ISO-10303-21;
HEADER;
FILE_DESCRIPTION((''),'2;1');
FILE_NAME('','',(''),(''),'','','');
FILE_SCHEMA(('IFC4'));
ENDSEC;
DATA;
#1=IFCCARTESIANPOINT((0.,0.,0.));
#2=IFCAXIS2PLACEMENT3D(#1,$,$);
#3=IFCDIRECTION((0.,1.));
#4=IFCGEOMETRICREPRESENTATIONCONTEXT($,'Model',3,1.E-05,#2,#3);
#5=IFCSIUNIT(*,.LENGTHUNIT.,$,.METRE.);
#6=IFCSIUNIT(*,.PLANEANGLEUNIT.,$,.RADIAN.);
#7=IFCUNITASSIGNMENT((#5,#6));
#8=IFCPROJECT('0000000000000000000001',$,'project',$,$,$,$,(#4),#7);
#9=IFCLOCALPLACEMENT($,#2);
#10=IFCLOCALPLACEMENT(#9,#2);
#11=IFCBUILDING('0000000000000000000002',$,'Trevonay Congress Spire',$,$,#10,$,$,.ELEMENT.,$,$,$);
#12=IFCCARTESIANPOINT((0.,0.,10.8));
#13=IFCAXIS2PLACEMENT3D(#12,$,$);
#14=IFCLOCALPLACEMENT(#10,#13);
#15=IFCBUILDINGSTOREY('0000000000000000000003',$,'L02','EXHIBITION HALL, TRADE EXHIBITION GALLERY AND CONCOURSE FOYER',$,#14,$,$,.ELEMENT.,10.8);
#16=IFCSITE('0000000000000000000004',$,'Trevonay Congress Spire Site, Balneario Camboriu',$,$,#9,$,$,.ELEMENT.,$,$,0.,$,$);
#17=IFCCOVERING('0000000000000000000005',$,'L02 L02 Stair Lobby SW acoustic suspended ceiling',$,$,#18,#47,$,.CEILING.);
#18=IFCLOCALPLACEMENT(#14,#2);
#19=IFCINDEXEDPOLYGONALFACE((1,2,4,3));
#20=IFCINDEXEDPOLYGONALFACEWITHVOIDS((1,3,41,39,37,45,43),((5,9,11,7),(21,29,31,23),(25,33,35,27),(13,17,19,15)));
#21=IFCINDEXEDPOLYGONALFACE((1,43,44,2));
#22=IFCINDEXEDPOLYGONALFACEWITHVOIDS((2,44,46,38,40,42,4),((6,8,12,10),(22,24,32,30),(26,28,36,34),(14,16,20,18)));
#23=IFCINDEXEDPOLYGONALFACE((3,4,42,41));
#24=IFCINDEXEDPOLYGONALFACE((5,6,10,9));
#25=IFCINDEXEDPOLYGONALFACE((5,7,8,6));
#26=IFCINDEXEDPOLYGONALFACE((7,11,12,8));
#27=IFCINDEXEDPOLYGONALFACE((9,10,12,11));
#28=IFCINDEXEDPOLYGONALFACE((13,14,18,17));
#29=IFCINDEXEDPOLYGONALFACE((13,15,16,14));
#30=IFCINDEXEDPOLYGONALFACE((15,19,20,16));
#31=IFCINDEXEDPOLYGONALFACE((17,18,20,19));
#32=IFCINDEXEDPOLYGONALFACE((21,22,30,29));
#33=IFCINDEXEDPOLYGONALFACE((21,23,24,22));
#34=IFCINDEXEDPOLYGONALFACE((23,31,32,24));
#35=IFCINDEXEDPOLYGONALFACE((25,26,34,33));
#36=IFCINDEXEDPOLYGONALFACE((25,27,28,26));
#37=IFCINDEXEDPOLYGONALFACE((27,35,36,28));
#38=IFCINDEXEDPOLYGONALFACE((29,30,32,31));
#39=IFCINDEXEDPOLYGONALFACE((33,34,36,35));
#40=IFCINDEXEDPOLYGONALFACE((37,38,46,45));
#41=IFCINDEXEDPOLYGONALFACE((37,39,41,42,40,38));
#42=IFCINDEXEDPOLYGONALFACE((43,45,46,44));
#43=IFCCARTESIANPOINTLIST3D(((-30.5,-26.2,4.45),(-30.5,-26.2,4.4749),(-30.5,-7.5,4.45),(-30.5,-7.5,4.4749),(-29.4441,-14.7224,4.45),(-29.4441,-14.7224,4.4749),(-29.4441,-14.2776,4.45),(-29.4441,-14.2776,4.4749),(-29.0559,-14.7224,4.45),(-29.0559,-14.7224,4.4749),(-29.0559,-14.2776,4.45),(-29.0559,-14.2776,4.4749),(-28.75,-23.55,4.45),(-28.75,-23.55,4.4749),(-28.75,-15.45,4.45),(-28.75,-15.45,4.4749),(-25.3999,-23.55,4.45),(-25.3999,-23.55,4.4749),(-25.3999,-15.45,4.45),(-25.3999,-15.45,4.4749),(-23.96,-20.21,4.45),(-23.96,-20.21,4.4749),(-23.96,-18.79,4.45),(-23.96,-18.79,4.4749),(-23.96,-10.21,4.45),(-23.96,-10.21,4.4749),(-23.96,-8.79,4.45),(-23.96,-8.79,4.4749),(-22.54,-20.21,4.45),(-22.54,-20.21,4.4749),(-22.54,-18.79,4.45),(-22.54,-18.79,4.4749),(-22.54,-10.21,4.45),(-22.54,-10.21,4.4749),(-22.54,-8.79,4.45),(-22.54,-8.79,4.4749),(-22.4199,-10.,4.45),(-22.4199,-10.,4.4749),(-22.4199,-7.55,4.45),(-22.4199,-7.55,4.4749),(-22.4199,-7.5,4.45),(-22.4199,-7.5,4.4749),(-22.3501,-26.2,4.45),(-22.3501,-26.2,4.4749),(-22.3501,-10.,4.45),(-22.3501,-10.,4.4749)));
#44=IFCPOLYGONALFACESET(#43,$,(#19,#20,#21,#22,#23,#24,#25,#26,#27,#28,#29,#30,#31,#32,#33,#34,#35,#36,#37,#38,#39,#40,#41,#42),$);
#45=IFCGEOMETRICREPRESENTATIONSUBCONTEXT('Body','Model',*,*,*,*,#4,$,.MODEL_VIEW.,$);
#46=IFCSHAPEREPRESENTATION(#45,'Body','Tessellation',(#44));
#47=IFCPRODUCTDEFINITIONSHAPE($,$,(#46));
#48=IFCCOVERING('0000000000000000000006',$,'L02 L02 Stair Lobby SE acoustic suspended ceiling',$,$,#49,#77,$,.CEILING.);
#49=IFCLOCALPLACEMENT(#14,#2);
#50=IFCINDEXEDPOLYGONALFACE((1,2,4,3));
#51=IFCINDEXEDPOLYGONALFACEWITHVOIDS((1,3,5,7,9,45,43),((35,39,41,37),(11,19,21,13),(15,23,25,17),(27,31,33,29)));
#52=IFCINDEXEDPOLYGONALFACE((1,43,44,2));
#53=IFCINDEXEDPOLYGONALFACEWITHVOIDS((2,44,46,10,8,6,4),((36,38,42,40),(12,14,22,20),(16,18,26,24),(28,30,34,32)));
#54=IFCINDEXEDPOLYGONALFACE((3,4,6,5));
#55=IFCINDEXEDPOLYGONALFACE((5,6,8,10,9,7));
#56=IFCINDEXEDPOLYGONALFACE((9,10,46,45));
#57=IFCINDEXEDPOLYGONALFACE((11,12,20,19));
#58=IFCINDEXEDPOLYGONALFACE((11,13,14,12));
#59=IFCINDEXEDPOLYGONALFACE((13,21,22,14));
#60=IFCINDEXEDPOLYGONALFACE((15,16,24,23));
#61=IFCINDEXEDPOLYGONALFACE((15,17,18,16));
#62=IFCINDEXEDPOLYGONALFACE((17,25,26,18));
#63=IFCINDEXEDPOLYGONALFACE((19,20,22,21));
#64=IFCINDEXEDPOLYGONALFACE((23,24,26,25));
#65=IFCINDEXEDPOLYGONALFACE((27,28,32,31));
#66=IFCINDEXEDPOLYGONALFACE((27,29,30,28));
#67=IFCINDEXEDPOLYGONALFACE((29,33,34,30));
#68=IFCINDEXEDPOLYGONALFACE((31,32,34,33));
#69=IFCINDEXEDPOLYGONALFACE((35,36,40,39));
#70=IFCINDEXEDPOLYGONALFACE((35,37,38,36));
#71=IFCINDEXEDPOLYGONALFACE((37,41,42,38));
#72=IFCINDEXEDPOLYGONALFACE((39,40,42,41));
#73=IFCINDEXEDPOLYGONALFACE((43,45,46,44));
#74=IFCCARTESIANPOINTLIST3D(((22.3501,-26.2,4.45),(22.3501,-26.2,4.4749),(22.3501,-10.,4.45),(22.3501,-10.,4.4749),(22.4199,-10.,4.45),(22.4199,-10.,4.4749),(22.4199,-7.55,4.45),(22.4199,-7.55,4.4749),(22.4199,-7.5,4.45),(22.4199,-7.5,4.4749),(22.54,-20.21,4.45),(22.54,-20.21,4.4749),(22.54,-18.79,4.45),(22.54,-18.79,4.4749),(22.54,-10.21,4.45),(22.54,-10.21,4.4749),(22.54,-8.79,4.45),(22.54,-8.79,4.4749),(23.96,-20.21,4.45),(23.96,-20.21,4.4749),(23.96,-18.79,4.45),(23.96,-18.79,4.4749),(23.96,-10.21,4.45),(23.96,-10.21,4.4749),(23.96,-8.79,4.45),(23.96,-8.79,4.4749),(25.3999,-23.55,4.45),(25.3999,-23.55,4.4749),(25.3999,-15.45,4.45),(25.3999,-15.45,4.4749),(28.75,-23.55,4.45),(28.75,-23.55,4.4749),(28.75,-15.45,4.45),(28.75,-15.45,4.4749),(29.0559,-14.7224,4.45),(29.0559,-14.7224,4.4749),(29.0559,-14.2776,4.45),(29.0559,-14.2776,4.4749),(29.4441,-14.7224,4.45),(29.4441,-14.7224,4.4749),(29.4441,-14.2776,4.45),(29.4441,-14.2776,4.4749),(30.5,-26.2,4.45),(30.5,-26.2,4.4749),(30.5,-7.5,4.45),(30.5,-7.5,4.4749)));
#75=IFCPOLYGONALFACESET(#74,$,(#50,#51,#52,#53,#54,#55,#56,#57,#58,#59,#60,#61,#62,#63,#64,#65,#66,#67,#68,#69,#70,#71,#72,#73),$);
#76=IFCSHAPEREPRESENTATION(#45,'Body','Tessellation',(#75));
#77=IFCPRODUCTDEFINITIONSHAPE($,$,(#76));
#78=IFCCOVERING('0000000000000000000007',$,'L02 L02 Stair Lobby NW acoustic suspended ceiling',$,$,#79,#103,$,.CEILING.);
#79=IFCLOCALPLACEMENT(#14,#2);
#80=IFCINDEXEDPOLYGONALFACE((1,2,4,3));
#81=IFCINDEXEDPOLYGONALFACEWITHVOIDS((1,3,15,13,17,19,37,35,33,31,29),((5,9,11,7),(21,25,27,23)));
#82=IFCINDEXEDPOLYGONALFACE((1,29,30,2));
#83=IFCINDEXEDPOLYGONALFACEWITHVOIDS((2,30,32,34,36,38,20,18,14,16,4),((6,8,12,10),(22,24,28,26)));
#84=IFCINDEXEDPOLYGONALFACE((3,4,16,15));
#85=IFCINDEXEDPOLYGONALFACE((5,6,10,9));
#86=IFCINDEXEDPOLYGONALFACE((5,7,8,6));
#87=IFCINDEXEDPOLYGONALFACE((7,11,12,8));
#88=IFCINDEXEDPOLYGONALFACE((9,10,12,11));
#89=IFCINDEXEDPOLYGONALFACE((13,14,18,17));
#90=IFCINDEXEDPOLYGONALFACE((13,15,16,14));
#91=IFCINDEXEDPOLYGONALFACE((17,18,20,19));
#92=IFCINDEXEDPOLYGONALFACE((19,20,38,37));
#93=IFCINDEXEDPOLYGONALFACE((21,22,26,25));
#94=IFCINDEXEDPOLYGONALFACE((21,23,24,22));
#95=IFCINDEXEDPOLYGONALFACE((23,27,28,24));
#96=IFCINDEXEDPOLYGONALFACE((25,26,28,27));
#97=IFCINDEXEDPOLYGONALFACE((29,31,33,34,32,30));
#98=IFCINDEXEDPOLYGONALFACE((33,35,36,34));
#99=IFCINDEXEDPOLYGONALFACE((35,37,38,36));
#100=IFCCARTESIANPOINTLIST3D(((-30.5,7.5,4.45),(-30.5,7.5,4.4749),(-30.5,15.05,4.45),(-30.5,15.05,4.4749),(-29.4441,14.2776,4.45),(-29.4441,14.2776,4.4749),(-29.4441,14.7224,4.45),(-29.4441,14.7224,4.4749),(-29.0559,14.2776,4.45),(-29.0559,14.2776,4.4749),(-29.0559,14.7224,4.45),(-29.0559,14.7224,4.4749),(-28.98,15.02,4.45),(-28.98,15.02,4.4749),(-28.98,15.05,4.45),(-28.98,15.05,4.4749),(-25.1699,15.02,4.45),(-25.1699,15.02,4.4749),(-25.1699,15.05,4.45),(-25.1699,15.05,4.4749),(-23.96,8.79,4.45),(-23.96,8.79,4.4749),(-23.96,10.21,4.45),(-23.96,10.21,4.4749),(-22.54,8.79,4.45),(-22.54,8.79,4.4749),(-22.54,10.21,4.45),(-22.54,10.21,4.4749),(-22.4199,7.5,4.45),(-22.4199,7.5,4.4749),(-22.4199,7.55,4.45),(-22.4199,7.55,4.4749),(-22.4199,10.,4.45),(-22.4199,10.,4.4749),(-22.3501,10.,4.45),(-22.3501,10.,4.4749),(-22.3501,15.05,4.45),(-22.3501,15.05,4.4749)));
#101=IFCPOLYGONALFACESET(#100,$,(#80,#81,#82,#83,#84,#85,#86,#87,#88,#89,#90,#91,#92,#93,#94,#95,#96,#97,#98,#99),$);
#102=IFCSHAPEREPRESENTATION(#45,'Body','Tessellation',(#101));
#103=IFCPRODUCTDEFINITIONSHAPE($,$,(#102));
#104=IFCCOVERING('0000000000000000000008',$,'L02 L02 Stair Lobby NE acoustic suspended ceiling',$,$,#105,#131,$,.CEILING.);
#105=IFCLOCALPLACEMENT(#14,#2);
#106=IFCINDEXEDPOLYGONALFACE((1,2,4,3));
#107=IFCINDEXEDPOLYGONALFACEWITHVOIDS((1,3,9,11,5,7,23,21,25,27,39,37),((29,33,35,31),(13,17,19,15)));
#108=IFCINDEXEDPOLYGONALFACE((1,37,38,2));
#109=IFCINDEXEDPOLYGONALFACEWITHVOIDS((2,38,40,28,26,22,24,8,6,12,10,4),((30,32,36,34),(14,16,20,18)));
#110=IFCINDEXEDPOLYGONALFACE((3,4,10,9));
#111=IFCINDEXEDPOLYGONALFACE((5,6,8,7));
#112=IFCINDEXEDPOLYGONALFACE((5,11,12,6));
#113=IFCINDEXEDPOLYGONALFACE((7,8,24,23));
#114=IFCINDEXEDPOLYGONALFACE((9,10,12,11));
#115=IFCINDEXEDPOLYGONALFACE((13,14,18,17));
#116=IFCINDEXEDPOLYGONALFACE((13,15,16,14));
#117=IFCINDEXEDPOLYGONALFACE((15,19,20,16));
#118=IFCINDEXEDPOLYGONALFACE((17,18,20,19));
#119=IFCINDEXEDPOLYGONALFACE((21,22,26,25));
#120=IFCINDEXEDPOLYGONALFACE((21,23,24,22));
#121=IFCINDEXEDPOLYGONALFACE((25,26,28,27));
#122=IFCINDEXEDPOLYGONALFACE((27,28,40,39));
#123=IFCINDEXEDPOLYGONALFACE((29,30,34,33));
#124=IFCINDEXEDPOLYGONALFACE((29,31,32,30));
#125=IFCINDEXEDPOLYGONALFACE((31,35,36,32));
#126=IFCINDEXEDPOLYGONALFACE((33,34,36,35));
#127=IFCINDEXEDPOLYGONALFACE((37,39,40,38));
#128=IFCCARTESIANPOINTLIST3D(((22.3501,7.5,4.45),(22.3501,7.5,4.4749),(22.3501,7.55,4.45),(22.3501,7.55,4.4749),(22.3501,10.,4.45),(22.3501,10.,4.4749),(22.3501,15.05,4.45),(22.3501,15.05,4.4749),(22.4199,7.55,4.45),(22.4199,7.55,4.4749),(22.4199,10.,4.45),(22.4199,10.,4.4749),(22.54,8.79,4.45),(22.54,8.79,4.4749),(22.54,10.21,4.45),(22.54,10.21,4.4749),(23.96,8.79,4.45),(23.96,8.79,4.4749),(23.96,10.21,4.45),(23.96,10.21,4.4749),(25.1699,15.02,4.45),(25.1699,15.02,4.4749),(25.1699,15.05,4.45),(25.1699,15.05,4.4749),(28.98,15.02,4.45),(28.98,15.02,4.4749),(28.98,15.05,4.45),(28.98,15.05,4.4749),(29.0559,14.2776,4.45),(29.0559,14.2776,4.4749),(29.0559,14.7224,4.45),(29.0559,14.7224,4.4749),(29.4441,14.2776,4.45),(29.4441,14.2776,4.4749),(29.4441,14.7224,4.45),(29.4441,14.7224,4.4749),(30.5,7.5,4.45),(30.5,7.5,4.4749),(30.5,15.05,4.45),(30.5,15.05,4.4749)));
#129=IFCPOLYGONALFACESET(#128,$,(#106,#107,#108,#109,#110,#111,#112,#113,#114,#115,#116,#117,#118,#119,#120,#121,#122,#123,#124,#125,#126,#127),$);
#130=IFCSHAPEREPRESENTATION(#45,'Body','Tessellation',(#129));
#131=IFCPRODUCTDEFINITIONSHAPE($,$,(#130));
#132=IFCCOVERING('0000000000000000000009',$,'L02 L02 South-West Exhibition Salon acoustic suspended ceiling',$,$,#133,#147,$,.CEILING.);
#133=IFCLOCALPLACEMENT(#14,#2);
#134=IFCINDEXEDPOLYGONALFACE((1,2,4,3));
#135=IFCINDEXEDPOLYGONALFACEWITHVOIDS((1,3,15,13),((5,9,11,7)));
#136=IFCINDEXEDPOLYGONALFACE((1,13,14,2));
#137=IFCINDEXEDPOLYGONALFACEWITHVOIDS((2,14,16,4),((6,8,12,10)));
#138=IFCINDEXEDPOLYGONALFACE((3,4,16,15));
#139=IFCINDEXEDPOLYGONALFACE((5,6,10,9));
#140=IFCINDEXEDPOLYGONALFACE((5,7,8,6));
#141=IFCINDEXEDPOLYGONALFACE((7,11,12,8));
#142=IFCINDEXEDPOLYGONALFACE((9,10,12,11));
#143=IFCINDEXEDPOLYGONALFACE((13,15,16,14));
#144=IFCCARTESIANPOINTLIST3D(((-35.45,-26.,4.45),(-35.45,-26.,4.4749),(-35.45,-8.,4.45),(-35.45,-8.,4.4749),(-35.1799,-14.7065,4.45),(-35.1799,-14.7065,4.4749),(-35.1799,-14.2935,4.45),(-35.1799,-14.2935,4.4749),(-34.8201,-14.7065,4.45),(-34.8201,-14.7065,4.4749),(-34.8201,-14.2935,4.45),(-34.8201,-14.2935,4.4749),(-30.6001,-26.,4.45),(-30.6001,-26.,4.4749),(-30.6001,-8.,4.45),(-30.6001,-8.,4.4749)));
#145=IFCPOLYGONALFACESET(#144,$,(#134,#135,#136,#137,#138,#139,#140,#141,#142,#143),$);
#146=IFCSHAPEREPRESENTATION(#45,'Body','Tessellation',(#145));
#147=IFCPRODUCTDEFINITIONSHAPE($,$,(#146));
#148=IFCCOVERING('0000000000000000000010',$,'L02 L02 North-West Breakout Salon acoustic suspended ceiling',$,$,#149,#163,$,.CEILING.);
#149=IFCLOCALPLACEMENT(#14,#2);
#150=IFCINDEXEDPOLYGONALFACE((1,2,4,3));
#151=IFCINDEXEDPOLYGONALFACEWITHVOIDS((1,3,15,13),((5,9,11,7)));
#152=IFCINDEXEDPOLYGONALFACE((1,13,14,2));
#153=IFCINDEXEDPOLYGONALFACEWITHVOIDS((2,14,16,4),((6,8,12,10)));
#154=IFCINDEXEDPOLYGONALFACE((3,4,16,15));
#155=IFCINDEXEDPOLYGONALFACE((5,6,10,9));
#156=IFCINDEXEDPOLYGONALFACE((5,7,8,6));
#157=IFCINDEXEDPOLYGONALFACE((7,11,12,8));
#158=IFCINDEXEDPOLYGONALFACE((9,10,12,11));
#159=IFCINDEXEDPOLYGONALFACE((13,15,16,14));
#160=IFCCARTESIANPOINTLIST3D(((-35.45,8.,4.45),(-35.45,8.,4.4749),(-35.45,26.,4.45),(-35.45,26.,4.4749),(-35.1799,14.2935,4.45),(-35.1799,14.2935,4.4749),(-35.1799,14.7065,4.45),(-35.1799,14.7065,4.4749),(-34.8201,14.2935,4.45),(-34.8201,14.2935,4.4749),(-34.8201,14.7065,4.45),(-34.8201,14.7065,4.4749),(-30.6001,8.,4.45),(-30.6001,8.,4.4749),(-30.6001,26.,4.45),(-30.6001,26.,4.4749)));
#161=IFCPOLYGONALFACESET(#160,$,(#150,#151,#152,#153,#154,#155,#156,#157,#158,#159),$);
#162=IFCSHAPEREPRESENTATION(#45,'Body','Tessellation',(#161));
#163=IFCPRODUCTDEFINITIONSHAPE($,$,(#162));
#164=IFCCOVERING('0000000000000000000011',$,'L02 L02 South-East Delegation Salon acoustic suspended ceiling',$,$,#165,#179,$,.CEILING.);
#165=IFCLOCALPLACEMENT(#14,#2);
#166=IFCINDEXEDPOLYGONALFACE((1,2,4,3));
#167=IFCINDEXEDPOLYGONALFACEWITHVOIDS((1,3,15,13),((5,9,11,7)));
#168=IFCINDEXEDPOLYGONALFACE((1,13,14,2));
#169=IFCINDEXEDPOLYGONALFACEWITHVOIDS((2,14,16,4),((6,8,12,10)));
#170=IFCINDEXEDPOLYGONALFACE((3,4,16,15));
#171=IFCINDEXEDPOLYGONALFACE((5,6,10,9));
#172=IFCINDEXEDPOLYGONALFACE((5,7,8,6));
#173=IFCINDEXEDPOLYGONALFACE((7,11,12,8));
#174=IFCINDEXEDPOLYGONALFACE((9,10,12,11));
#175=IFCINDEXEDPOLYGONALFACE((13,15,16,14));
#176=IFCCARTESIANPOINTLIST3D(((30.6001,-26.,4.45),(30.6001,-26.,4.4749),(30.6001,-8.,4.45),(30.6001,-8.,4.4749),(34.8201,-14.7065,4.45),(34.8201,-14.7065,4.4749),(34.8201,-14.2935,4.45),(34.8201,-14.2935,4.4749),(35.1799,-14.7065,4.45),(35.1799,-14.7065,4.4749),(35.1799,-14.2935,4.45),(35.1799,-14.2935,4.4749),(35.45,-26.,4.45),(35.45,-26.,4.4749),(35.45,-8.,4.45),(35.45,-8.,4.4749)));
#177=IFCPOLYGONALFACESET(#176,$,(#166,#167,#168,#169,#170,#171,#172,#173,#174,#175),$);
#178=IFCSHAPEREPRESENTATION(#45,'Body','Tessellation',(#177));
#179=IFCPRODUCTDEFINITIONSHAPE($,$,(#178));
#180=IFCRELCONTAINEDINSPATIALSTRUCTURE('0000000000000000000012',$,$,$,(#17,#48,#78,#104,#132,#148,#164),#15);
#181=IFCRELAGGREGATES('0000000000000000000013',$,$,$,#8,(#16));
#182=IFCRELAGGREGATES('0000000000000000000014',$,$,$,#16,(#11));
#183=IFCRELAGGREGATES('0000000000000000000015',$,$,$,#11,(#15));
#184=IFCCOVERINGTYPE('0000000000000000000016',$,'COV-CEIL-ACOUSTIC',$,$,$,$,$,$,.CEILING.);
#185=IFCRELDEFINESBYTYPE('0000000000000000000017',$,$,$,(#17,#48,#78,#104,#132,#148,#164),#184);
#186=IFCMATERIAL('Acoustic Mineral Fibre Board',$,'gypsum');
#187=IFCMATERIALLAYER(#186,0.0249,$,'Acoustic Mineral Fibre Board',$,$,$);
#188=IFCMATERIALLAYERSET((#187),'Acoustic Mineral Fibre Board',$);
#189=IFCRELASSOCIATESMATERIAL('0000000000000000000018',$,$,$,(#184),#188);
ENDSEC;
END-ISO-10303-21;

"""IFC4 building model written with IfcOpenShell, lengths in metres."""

from ifc_helpers import new_model, si_unit, direction, frame, origin, place, context, subcontext, project, spatial, polyline, outline, extrude, material, layer, layer_set, type_object, element, save


model = new_model("IFC4")

# Units and contexts
model_context = context("Model", 3, precision=1e-05, world=origin(), true_north=direction((0.0, 1.0)))
body_context = subcontext(model_context, "Body", "Model", "MODEL_VIEW")
ifc_project = project(units=[si_unit("LENGTHUNIT", "METRE"), si_unit("PLANEANGLEUNIT", "RADIAN")], contexts=[model_context])

# Site, building, storey
site_placement = place(None, origin())
site = spatial("IfcSite", under=ifc_project, at=site_placement, Name="Trevonay Congress Spire Site, Balneario Camboriu", CompositionType="ELEMENT", RefElevation=0.0)
building_placement = place(site_placement, origin())
building = spatial("IfcBuilding", under=site, at=building_placement, Name="Trevonay Congress Spire", CompositionType="ELEMENT")
storey_placement = place(building_placement, frame((0.0, 0.0, 10.8)))
storey = spatial("IfcBuildingStorey", under=building, at=storey_placement, Name="L02", Description="EXHIBITION HALL, TRADE EXHIBITION GALLERY AND CONCOURSE FOYER", CompositionType="ELEMENT", Elevation=10.8)

# Coverings
ifc_material_1 = material(Name="Acoustic Mineral Fibre Board", Category="gypsum")
ifc_layer_1 = layer(ifc_material_1, 0.0249, Name="Acoustic Mineral Fibre Board")
ifc_layer_set_1 = layer_set([ifc_layer_1], Name="Acoustic Mineral Fibre Board")
covering_type_1 = type_object("IfcCoveringType", Name="COV-CEIL-ACOUSTIC", PredefinedType="CEILING", material=ifc_layer_set_1)
covering_1_placement = place(storey_placement, frame((0.0, 0.0, 4.45)))
element("IfcCovering", 1, at=covering_1_placement, inside=storey, type_object=covering_type_1, Name="L02 L02 Stair Lobby SW acoustic suspended ceiling", PredefinedType="CEILING", context=body_context, shape_type="SweptSolid", body=[
    extrude(outline(polyline([(-30.5, -26.2), (-30.5, -7.5), (-22.4199, -7.5), (-22.4199, -7.55), (-22.4199, -10.0), (-22.3501, -10.0), (-22.3501, -26.2), (-30.5, -26.2)]), holes=[polyline([(-22.54, -20.21), (-22.54, -18.79), (-23.96, -18.79), (-23.96, -20.21), (-22.54, -20.21)]), polyline([(-29.4441, -14.7224), (-29.0559, -14.7224), (-29.0559, -14.2776), (-29.4441, -14.2776), (-29.4441, -14.7224)]), polyline([(-23.96, -10.21), (-22.54, -10.21), (-22.54, -8.79), (-23.96, -8.79), (-23.96, -10.21)]), polyline([(-28.75, -15.45), (-28.75, -23.55), (-25.3999, -23.55), (-25.3999, -15.45), (-28.75, -15.45)])]), origin(), (0.0, 0.0, 1.0), 0.0249),
])
covering_2_placement = place(storey_placement, frame((0.0, 0.0, 4.45)))
element("IfcCovering", 2, at=covering_2_placement, inside=storey, type_object=covering_type_1, Name="L02 L02 Stair Lobby SE acoustic suspended ceiling", PredefinedType="CEILING", context=body_context, shape_type="SweptSolid", body=[
    extrude(outline(polyline([(22.3501, -26.2), (22.3501, -10.0), (22.4199, -10.0), (22.4199, -7.55), (22.4199, -7.5), (30.5, -7.5), (30.5, -26.2), (22.3501, -26.2)]), holes=[polyline([(23.96, -20.21), (23.96, -18.79), (22.54, -18.79), (22.54, -20.21), (23.96, -20.21)]), polyline([(29.0559, -14.7224), (29.4441, -14.7224), (29.4441, -14.2776), (29.0559, -14.2776), (29.0559, -14.7224)]), polyline([(22.54, -10.21), (23.96, -10.21), (23.96, -8.79), (22.54, -8.79), (22.54, -10.21)]), polyline([(28.75, -15.45), (25.3999, -15.45), (25.3999, -23.55), (28.75, -23.55), (28.75, -15.45)])]), origin(), (0.0, 0.0, 1.0), 0.0249),
])
covering_3_placement = place(storey_placement, frame((0.0, 0.0, 4.45)))
element("IfcCovering", 3, at=covering_3_placement, inside=storey, type_object=covering_type_1, Name="L02 L02 Stair Lobby NW acoustic suspended ceiling", PredefinedType="CEILING", context=body_context, shape_type="SweptSolid", body=[
    extrude(outline(polyline([(-25.1699, 15.02), (-25.1699, 15.05), (-22.3501, 15.05), (-22.3501, 10.0), (-22.4199, 10.0), (-22.4199, 7.55), (-22.4199, 7.5), (-30.5, 7.5), (-30.5, 15.05), (-28.98, 15.05), (-28.98, 15.02), (-25.1699, 15.02)]), holes=[polyline([(-22.54, 8.79), (-22.54, 10.21), (-23.96, 10.21), (-23.96, 8.79), (-22.54, 8.79)]), polyline([(-29.0559, 14.2776), (-29.0559, 14.7224), (-29.4441, 14.7224), (-29.4441, 14.2776), (-29.0559, 14.2776)])]), origin(), (0.0, 0.0, 1.0), 0.0249),
])
covering_4_placement = place(storey_placement, frame((0.0, 0.0, 4.45)))
element("IfcCovering", 4, at=covering_4_placement, inside=storey, type_object=covering_type_1, Name="L02 L02 Stair Lobby NE acoustic suspended ceiling", PredefinedType="CEILING", context=body_context, shape_type="SweptSolid", body=[
    extrude(outline(polyline([(28.98, 15.02), (28.98, 15.05), (30.5, 15.05), (30.5, 7.5), (22.3501, 7.5), (22.3501, 7.55), (22.4199, 7.55), (22.4199, 10.0), (22.3501, 10.0), (22.3501, 15.05), (25.1699, 15.05), (25.1699, 15.02), (28.98, 15.02)]), holes=[polyline([(23.96, 8.79), (23.96, 10.21), (22.54, 10.21), (22.54, 8.79), (23.96, 8.79)]), polyline([(29.4441, 14.2776), (29.4441, 14.7224), (29.0559, 14.7224), (29.0559, 14.2776), (29.4441, 14.2776)])]), origin(), (0.0, 0.0, 1.0), 0.0249),
])
covering_5_placement = place(storey_placement, frame((0.0, 0.0, 4.45)))
element("IfcCovering", 5, at=covering_5_placement, inside=storey, type_object=covering_type_1, Name="L02 L02 South-West Exhibition Salon acoustic suspended ceiling", PredefinedType="CEILING", context=body_context, shape_type="SweptSolid", body=[
    extrude(outline(polyline([(-35.45, -8.0), (-30.6001, -8.0), (-30.6001, -26.0), (-35.45, -26.0), (-35.45, -8.0)]), holes=[polyline([(-34.8201, -14.7065), (-34.8201, -14.2935), (-35.1799, -14.2935), (-35.1799, -14.7065), (-34.8201, -14.7065)])]), origin(), (0.0, 0.0, 1.0), 0.0249),
])
covering_6_placement = place(storey_placement, frame((0.0, 0.0, 4.45)))
element("IfcCovering", 6, at=covering_6_placement, inside=storey, type_object=covering_type_1, Name="L02 L02 North-West Breakout Salon acoustic suspended ceiling", PredefinedType="CEILING", context=body_context, shape_type="SweptSolid", body=[
    extrude(outline(polyline([(-35.45, 26.0), (-30.6001, 26.0), (-30.6001, 8.0), (-35.45, 8.0), (-35.45, 26.0)]), holes=[polyline([(-34.8201, 14.2935), (-34.8201, 14.7065), (-35.1799, 14.7065), (-35.1799, 14.2935), (-34.8201, 14.2935)])]), origin(), (0.0, 0.0, 1.0), 0.0249),
])
covering_7_placement = place(storey_placement, frame((0.0, 0.0, 4.45)))
element("IfcCovering", 7, at=covering_7_placement, inside=storey, type_object=covering_type_1, Name="L02 L02 South-East Delegation Salon acoustic suspended ceiling", PredefinedType="CEILING", context=body_context, shape_type="SweptSolid", body=[
    extrude(outline(polyline([(30.6001, -8.0), (35.45, -8.0), (35.45, -26.0), (30.6001, -26.0), (30.6001, -8.0)]), holes=[polyline([(35.1799, -14.7065), (35.1799, -14.2935), (34.8201, -14.2935), (34.8201, -14.7065), (35.1799, -14.7065)])]), origin(), (0.0, 0.0, 1.0), 0.0249),
])

save(model, "model.ifc")
